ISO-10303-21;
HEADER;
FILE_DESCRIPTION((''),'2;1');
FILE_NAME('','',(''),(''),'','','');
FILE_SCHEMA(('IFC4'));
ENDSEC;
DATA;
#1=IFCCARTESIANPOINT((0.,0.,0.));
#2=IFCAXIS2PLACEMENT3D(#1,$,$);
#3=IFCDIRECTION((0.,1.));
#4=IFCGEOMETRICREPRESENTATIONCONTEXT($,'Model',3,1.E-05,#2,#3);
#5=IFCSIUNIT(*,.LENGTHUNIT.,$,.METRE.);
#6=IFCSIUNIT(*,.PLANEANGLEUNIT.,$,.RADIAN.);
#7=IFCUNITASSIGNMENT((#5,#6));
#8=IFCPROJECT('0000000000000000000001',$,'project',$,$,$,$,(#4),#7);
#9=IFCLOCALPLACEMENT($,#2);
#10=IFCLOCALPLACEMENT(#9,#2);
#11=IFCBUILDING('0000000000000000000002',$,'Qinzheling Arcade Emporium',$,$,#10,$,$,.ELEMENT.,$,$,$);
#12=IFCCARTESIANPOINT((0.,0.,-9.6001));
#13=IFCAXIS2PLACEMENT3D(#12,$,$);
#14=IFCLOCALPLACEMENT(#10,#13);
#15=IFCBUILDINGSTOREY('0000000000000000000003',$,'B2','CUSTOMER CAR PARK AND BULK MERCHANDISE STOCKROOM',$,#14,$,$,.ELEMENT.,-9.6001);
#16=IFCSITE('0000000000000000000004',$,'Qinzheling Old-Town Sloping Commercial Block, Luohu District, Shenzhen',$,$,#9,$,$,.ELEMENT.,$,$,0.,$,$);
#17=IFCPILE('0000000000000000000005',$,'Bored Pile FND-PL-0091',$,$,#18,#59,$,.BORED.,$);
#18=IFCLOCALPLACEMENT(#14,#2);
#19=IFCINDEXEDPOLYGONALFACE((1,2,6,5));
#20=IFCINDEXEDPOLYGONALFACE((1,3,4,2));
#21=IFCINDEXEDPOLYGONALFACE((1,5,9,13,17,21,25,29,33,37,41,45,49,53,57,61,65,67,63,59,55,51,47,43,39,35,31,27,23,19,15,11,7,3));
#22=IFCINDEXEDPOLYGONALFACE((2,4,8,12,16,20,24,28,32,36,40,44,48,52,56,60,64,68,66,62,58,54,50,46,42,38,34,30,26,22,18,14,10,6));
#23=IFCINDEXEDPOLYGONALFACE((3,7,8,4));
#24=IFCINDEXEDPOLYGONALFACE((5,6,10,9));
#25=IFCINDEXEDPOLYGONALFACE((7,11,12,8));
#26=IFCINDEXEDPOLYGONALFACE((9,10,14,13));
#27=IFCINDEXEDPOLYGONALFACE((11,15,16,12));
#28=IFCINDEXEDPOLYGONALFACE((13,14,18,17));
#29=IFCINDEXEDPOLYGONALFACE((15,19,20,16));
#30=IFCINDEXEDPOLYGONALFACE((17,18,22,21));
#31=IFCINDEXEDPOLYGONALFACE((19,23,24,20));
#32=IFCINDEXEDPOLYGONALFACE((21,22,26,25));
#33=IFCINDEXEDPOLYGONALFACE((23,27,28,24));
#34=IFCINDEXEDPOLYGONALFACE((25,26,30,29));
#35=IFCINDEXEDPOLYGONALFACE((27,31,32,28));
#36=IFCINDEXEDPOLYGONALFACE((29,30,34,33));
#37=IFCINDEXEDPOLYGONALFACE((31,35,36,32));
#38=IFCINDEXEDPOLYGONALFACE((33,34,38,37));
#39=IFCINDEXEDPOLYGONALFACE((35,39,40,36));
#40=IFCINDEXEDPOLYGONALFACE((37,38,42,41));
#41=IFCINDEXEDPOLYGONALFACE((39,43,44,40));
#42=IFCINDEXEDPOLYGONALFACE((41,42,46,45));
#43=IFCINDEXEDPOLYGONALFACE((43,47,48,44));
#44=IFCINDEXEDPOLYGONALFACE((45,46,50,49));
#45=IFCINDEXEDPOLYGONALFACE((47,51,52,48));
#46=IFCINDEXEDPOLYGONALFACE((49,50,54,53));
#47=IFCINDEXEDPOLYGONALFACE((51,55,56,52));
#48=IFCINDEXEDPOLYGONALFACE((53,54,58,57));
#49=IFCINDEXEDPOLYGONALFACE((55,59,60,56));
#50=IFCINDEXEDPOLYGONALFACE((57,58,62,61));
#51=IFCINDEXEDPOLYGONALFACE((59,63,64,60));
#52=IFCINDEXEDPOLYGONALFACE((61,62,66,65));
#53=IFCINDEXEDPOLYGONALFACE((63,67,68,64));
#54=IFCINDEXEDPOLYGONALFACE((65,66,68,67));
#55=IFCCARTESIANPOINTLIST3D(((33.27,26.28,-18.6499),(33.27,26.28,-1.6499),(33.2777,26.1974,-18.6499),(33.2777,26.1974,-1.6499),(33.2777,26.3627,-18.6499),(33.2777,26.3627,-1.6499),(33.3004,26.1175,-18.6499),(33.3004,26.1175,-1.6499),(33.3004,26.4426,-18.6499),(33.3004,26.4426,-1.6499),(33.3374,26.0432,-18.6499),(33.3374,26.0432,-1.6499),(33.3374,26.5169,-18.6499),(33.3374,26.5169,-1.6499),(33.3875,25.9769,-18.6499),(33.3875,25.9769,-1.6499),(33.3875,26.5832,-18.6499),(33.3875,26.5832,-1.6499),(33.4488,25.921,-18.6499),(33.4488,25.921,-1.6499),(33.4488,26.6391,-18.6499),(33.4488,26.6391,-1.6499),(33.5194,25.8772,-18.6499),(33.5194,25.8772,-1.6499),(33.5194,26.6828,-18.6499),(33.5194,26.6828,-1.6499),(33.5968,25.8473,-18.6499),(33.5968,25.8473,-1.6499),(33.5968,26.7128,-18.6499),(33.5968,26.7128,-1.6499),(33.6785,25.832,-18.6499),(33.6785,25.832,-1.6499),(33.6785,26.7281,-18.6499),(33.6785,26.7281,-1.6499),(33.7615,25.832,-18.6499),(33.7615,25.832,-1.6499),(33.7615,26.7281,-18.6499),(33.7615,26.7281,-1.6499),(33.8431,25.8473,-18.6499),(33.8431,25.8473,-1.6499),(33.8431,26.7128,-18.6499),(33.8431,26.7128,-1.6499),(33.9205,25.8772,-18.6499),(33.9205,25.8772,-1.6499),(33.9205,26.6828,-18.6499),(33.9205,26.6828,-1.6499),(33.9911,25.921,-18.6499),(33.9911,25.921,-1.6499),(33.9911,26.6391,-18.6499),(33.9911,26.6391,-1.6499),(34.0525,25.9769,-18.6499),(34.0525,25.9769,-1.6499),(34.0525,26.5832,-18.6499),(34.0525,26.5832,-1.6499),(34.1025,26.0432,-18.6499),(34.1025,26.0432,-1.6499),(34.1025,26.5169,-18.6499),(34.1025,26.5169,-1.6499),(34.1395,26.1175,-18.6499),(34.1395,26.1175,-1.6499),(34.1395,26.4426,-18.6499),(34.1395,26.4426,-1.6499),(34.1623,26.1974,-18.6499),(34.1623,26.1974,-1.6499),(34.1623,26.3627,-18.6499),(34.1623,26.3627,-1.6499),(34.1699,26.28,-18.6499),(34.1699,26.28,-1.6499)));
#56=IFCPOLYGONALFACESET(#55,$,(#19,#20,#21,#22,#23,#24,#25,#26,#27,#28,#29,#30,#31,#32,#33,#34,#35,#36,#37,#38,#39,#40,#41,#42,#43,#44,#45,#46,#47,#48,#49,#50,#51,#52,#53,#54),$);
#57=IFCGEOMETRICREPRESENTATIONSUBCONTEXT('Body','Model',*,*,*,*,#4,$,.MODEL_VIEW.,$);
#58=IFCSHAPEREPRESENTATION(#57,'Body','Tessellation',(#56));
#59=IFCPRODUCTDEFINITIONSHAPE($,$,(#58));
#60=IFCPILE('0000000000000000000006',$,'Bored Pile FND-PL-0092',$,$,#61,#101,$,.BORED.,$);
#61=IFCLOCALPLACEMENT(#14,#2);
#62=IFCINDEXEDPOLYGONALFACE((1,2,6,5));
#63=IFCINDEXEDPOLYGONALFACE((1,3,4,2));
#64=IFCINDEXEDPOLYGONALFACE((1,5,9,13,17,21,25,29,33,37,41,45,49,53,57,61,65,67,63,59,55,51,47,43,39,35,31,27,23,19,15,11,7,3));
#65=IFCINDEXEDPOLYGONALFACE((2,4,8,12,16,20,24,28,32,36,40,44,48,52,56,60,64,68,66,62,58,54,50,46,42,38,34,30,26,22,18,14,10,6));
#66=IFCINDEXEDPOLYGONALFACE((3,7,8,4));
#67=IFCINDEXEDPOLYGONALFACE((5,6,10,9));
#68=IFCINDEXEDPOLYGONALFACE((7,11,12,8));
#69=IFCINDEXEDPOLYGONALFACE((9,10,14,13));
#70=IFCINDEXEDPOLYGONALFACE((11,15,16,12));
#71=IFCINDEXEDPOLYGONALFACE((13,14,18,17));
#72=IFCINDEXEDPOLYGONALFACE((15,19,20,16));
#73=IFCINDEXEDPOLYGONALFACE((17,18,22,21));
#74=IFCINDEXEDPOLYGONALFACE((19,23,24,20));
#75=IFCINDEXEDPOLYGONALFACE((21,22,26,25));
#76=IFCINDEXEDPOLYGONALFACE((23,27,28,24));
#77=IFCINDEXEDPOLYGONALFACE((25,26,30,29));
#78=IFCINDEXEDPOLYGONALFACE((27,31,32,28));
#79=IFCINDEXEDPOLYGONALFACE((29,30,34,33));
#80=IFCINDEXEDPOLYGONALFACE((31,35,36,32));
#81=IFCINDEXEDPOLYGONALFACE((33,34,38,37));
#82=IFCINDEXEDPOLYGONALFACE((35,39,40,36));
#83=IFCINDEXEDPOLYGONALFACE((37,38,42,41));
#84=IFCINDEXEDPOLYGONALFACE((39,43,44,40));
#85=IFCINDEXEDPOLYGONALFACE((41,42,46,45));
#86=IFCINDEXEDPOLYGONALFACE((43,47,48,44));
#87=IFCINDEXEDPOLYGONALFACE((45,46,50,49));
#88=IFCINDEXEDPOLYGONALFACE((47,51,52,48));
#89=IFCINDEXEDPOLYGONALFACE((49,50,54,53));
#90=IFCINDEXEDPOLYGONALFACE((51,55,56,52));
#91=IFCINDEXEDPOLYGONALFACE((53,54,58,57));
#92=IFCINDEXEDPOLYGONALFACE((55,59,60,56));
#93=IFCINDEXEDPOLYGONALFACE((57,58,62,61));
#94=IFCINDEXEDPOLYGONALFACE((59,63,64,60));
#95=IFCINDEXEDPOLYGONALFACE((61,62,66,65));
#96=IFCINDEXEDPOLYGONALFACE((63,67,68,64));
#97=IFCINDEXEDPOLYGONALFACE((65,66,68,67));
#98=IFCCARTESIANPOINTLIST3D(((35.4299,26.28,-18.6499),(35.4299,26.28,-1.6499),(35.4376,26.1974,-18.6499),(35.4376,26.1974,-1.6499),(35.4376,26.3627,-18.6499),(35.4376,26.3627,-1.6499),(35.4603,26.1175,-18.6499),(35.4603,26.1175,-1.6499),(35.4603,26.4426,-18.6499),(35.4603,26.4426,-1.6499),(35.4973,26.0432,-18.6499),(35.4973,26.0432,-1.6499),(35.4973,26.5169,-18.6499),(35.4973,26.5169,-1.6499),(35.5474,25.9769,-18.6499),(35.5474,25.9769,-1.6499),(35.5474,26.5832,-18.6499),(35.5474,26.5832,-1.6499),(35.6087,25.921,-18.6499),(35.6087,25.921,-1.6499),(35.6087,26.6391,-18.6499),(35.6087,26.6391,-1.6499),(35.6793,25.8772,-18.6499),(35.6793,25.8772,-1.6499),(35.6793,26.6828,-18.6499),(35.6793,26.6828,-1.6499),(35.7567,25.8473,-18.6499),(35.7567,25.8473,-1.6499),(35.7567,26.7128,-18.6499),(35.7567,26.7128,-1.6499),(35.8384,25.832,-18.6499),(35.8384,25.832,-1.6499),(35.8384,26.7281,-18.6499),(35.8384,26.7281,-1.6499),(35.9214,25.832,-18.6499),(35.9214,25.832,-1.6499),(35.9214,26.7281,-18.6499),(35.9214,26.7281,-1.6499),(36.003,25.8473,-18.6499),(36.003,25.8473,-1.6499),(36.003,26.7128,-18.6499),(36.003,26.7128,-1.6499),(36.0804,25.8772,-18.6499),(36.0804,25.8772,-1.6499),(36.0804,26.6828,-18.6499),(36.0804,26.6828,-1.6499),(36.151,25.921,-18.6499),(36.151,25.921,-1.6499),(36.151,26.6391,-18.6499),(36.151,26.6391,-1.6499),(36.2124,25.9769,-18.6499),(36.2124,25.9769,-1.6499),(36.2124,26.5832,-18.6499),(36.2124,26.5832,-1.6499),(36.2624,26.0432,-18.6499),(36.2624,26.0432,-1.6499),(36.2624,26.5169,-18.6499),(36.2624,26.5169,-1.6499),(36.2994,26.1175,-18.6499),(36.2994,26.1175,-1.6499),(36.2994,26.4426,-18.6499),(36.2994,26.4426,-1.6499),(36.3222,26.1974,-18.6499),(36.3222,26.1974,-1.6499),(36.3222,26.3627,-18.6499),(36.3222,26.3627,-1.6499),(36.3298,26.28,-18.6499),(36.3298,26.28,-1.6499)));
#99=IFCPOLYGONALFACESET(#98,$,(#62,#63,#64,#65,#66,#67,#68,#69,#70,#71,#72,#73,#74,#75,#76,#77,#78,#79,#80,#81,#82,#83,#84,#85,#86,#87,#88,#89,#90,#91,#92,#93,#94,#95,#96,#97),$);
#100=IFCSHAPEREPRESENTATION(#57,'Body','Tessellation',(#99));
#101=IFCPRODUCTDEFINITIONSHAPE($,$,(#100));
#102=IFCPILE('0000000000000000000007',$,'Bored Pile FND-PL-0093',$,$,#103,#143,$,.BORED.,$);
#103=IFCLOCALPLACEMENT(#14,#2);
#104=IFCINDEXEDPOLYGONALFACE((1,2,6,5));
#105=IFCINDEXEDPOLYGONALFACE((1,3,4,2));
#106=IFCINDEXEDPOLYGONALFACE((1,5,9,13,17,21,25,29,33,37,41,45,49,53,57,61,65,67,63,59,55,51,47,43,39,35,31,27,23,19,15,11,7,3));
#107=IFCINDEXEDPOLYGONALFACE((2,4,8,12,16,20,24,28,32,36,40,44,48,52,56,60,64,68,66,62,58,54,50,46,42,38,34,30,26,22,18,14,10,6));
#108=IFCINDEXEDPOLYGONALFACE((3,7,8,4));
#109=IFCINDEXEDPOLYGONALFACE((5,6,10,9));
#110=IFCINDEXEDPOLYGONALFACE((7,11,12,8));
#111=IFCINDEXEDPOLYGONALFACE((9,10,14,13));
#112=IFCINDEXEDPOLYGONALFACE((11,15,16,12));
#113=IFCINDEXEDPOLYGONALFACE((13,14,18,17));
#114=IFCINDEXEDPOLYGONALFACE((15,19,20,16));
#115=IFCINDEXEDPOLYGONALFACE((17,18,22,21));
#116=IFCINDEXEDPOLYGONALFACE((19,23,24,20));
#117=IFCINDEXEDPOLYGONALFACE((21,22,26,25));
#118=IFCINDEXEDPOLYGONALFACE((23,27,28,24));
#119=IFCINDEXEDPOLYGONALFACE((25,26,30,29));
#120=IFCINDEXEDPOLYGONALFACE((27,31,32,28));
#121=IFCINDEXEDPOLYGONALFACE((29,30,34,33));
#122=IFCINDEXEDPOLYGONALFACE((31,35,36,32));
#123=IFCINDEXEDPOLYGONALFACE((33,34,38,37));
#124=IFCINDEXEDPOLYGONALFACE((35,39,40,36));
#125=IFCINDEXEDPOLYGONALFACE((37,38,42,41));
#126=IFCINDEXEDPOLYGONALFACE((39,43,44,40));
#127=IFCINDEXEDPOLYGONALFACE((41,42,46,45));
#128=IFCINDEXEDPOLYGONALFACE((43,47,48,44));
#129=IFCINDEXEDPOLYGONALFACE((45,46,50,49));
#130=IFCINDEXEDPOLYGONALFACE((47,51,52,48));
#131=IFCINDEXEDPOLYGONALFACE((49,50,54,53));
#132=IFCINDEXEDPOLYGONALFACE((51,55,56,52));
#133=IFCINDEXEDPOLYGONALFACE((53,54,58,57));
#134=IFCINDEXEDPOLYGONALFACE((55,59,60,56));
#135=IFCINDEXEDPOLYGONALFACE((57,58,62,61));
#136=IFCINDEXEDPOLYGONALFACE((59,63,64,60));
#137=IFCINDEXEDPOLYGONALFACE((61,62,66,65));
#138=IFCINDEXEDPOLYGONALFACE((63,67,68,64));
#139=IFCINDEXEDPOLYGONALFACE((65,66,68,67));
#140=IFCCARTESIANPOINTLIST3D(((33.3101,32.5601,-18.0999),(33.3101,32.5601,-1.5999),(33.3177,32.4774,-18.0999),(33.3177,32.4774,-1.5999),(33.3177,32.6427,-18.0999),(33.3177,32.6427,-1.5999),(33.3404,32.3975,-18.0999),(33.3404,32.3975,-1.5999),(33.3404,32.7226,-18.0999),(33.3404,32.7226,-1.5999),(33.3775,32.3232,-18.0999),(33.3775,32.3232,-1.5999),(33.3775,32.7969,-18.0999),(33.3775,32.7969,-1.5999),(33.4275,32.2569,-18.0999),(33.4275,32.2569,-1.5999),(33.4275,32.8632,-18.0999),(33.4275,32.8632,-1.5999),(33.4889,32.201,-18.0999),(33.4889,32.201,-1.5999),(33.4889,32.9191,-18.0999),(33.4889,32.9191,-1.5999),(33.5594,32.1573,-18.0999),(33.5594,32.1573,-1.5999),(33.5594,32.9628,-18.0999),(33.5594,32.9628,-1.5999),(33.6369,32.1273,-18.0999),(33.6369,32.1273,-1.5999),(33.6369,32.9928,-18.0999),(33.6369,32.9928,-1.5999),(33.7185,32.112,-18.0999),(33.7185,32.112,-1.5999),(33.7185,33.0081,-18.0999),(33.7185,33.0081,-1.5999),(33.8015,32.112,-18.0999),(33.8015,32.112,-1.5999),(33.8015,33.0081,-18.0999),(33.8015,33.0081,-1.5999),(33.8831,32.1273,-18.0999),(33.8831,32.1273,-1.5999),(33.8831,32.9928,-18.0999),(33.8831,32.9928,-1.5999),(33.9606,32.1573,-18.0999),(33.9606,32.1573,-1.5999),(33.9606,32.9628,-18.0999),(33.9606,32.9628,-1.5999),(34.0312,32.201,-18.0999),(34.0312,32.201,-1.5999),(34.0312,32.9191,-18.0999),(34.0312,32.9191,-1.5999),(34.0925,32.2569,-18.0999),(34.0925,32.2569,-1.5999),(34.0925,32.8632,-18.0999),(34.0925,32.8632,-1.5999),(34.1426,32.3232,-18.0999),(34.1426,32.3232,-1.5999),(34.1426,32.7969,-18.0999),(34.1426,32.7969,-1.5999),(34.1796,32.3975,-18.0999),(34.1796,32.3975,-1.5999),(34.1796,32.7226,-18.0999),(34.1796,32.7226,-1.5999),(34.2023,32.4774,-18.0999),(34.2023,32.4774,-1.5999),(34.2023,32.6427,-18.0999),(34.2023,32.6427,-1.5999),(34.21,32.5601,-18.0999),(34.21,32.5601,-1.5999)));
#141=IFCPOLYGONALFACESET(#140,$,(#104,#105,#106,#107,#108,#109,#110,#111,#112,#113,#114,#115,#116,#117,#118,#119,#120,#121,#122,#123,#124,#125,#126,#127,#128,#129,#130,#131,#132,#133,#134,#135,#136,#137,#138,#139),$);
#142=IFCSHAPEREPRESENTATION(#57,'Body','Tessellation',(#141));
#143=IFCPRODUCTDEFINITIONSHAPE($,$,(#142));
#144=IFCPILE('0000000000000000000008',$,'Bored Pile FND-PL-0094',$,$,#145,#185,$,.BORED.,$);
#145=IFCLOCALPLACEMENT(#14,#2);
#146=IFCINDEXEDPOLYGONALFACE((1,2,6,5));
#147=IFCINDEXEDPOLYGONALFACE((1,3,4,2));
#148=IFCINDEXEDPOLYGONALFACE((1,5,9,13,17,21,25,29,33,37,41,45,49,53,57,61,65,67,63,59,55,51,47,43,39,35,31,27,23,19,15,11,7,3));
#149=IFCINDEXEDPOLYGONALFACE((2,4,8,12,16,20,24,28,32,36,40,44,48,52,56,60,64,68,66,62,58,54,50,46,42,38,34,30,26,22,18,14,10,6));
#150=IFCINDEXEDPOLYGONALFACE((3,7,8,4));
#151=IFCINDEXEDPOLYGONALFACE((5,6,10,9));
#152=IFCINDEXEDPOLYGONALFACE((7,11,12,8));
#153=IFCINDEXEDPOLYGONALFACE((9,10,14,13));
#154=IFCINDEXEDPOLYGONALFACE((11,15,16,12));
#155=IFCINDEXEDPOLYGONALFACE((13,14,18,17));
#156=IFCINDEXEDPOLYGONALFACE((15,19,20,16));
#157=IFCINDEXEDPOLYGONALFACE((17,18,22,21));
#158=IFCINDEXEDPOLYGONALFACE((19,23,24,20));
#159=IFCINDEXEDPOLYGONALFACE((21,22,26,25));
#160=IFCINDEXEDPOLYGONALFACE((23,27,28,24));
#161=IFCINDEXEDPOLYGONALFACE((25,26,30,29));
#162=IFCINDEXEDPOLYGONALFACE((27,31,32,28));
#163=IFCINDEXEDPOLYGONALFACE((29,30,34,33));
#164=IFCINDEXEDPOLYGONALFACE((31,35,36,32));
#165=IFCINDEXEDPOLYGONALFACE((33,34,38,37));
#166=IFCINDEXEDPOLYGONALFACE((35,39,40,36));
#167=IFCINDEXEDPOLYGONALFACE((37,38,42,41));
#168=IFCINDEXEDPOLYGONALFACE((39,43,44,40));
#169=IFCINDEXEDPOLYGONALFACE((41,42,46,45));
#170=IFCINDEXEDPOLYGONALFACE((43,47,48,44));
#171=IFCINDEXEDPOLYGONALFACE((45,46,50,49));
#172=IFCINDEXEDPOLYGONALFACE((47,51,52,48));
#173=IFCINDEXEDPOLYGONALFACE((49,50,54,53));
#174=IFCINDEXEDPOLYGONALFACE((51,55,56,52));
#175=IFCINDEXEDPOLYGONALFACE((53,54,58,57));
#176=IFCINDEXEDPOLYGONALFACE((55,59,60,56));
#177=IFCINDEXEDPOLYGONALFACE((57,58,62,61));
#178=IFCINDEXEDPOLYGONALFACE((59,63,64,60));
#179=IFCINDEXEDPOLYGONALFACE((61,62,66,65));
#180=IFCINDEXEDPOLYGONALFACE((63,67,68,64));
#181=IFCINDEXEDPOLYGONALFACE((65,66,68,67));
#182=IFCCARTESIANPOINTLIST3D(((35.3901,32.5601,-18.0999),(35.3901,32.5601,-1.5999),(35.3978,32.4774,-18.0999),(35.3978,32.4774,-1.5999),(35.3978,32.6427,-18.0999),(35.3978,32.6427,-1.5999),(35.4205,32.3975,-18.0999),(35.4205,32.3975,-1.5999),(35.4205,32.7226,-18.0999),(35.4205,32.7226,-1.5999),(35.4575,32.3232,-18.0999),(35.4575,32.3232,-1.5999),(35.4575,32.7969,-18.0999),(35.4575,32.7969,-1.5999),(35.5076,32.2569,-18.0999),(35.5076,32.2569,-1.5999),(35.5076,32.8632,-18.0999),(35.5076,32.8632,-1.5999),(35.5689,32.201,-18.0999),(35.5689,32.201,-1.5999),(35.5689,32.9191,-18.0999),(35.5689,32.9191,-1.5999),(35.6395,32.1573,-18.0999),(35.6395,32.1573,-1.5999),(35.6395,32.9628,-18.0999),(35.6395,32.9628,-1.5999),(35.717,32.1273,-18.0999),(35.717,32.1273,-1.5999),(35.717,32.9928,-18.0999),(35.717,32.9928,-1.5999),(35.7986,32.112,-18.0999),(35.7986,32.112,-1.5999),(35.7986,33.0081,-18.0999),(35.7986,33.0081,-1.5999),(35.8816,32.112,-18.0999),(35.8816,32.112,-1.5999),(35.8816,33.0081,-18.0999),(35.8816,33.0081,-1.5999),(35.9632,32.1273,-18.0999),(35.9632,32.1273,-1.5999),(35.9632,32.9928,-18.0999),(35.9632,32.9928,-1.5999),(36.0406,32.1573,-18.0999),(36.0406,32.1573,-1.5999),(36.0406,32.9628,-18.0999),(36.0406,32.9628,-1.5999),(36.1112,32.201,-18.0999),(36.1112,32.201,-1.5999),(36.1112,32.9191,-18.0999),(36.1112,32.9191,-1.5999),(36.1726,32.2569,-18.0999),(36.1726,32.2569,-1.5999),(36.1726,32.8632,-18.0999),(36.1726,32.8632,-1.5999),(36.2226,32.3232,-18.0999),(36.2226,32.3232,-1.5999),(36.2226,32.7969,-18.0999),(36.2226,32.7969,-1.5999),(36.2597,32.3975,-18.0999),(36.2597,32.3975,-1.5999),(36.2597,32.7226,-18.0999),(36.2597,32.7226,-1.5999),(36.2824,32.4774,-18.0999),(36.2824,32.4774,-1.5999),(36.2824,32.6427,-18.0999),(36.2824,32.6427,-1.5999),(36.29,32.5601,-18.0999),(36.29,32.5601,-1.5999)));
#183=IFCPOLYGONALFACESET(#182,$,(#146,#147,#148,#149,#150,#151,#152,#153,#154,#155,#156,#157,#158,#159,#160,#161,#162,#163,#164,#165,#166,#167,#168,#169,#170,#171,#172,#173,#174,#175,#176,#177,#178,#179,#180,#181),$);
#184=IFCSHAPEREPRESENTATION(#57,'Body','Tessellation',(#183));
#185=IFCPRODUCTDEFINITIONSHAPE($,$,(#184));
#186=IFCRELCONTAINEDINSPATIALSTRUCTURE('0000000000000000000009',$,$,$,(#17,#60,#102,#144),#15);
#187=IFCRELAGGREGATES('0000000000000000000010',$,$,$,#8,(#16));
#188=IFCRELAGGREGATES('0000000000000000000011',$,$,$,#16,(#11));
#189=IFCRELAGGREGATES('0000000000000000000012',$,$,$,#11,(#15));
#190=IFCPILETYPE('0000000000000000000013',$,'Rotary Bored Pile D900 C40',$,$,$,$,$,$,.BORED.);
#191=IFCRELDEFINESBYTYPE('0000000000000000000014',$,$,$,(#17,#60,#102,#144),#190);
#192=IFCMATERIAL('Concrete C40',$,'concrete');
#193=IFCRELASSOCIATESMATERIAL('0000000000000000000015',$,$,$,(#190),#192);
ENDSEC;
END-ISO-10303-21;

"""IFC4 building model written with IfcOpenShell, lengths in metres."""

from ifc_helpers import new_model, si_unit, direction, frame, origin, origin_2d, place, context, subcontext, project, spatial, circle, extrude, material, material_profile, profile_set, type_object, element, save


model = new_model("IFC4")

# Units and contexts
model_context = context("Model", 3, precision=1e-05, world=origin(), true_north=direction((0.0, 1.0)))
body_context = subcontext(model_context, "Body", "Model", "MODEL_VIEW")
ifc_project = project(units=[si_unit("LENGTHUNIT", "METRE"), si_unit("PLANEANGLEUNIT", "RADIAN")], contexts=[model_context])

# Site, building, storey
site_placement = place(None, origin())
site = spatial("IfcSite", under=ifc_project, at=site_placement, Name="Qinzheling Old-Town Sloping Commercial Block, Luohu District, Shenzhen", CompositionType="ELEMENT", RefElevation=0.0)
building_placement = place(site_placement, origin())
building = spatial("IfcBuilding", under=site, at=building_placement, Name="Qinzheling Arcade Emporium", CompositionType="ELEMENT")
storey_placement = place(building_placement, frame((0.0, 0.0, -9.6001)))
storey = spatial("IfcBuildingStorey", under=building, at=storey_placement, Name="B2", Description="CUSTOMER CAR PARK AND BULK MERCHANDISE STOCKROOM", CompositionType="ELEMENT", Elevation=-9.6001)

# Shared definitions
ifc_material_1 = material(Name="Concrete C40", Category="concrete")

# Piles
ifc_material_profile_1 = material_profile(ifc_material_1, circle(Radius=0.45, at=origin_2d()), Name="BORED D900", Category="concrete")
ifc_profile_set_1 = profile_set([ifc_material_profile_1], Name="Concrete C40")
pile_type = type_object("IfcPileType", Name="Rotary Bored Pile D900 C40", PredefinedType="BORED", material=ifc_profile_set_1)
for number, where, z_axis, x_axis, name in (
    (1, (33.72, 26.28, -1.6499), (0.0, 0.0, -1.0), (1.0, 0.0, 0.0), "Bored Pile FND-PL-0091"),
    (2, (35.8799, 26.28, -1.6499), (0.0, 0.0, -1.0), (1.0, 0.0, 0.0), "Bored Pile FND-PL-0092"),
):
    element("IfcPile", number, at=place(storey_placement, frame(where, z_axis=z_axis, x_axis=x_axis)), inside=storey, type_object=pile_type, Name=name, PredefinedType="BORED", context=body_context, shape_type="SweptSolid", body=[
        extrude(circle(Radius=0.45, at=origin_2d()), origin(), (0.0, 0.0, 1.0), 17.0),
    ])
for number, where, z_axis, x_axis, name in (
    (3, (33.76, 32.5601, -1.5999), (0.0, 0.0, -1.0), (1.0, 0.0, 0.0), "Bored Pile FND-PL-0093"),
    (4, (35.8401, 32.5601, -1.5999), (0.0, 0.0, -1.0), (1.0, 0.0, 0.0), "Bored Pile FND-PL-0094"),
):
    element("IfcPile", number, at=place(storey_placement, frame(where, z_axis=z_axis, x_axis=x_axis)), inside=storey, type_object=pile_type, Name=name, PredefinedType="BORED", context=body_context, shape_type="SweptSolid", body=[
        extrude(circle(Radius=0.45, at=origin_2d()), origin(), (0.0, 0.0, 1.0), 16.5),
    ])

save(model, "model.ifc")
